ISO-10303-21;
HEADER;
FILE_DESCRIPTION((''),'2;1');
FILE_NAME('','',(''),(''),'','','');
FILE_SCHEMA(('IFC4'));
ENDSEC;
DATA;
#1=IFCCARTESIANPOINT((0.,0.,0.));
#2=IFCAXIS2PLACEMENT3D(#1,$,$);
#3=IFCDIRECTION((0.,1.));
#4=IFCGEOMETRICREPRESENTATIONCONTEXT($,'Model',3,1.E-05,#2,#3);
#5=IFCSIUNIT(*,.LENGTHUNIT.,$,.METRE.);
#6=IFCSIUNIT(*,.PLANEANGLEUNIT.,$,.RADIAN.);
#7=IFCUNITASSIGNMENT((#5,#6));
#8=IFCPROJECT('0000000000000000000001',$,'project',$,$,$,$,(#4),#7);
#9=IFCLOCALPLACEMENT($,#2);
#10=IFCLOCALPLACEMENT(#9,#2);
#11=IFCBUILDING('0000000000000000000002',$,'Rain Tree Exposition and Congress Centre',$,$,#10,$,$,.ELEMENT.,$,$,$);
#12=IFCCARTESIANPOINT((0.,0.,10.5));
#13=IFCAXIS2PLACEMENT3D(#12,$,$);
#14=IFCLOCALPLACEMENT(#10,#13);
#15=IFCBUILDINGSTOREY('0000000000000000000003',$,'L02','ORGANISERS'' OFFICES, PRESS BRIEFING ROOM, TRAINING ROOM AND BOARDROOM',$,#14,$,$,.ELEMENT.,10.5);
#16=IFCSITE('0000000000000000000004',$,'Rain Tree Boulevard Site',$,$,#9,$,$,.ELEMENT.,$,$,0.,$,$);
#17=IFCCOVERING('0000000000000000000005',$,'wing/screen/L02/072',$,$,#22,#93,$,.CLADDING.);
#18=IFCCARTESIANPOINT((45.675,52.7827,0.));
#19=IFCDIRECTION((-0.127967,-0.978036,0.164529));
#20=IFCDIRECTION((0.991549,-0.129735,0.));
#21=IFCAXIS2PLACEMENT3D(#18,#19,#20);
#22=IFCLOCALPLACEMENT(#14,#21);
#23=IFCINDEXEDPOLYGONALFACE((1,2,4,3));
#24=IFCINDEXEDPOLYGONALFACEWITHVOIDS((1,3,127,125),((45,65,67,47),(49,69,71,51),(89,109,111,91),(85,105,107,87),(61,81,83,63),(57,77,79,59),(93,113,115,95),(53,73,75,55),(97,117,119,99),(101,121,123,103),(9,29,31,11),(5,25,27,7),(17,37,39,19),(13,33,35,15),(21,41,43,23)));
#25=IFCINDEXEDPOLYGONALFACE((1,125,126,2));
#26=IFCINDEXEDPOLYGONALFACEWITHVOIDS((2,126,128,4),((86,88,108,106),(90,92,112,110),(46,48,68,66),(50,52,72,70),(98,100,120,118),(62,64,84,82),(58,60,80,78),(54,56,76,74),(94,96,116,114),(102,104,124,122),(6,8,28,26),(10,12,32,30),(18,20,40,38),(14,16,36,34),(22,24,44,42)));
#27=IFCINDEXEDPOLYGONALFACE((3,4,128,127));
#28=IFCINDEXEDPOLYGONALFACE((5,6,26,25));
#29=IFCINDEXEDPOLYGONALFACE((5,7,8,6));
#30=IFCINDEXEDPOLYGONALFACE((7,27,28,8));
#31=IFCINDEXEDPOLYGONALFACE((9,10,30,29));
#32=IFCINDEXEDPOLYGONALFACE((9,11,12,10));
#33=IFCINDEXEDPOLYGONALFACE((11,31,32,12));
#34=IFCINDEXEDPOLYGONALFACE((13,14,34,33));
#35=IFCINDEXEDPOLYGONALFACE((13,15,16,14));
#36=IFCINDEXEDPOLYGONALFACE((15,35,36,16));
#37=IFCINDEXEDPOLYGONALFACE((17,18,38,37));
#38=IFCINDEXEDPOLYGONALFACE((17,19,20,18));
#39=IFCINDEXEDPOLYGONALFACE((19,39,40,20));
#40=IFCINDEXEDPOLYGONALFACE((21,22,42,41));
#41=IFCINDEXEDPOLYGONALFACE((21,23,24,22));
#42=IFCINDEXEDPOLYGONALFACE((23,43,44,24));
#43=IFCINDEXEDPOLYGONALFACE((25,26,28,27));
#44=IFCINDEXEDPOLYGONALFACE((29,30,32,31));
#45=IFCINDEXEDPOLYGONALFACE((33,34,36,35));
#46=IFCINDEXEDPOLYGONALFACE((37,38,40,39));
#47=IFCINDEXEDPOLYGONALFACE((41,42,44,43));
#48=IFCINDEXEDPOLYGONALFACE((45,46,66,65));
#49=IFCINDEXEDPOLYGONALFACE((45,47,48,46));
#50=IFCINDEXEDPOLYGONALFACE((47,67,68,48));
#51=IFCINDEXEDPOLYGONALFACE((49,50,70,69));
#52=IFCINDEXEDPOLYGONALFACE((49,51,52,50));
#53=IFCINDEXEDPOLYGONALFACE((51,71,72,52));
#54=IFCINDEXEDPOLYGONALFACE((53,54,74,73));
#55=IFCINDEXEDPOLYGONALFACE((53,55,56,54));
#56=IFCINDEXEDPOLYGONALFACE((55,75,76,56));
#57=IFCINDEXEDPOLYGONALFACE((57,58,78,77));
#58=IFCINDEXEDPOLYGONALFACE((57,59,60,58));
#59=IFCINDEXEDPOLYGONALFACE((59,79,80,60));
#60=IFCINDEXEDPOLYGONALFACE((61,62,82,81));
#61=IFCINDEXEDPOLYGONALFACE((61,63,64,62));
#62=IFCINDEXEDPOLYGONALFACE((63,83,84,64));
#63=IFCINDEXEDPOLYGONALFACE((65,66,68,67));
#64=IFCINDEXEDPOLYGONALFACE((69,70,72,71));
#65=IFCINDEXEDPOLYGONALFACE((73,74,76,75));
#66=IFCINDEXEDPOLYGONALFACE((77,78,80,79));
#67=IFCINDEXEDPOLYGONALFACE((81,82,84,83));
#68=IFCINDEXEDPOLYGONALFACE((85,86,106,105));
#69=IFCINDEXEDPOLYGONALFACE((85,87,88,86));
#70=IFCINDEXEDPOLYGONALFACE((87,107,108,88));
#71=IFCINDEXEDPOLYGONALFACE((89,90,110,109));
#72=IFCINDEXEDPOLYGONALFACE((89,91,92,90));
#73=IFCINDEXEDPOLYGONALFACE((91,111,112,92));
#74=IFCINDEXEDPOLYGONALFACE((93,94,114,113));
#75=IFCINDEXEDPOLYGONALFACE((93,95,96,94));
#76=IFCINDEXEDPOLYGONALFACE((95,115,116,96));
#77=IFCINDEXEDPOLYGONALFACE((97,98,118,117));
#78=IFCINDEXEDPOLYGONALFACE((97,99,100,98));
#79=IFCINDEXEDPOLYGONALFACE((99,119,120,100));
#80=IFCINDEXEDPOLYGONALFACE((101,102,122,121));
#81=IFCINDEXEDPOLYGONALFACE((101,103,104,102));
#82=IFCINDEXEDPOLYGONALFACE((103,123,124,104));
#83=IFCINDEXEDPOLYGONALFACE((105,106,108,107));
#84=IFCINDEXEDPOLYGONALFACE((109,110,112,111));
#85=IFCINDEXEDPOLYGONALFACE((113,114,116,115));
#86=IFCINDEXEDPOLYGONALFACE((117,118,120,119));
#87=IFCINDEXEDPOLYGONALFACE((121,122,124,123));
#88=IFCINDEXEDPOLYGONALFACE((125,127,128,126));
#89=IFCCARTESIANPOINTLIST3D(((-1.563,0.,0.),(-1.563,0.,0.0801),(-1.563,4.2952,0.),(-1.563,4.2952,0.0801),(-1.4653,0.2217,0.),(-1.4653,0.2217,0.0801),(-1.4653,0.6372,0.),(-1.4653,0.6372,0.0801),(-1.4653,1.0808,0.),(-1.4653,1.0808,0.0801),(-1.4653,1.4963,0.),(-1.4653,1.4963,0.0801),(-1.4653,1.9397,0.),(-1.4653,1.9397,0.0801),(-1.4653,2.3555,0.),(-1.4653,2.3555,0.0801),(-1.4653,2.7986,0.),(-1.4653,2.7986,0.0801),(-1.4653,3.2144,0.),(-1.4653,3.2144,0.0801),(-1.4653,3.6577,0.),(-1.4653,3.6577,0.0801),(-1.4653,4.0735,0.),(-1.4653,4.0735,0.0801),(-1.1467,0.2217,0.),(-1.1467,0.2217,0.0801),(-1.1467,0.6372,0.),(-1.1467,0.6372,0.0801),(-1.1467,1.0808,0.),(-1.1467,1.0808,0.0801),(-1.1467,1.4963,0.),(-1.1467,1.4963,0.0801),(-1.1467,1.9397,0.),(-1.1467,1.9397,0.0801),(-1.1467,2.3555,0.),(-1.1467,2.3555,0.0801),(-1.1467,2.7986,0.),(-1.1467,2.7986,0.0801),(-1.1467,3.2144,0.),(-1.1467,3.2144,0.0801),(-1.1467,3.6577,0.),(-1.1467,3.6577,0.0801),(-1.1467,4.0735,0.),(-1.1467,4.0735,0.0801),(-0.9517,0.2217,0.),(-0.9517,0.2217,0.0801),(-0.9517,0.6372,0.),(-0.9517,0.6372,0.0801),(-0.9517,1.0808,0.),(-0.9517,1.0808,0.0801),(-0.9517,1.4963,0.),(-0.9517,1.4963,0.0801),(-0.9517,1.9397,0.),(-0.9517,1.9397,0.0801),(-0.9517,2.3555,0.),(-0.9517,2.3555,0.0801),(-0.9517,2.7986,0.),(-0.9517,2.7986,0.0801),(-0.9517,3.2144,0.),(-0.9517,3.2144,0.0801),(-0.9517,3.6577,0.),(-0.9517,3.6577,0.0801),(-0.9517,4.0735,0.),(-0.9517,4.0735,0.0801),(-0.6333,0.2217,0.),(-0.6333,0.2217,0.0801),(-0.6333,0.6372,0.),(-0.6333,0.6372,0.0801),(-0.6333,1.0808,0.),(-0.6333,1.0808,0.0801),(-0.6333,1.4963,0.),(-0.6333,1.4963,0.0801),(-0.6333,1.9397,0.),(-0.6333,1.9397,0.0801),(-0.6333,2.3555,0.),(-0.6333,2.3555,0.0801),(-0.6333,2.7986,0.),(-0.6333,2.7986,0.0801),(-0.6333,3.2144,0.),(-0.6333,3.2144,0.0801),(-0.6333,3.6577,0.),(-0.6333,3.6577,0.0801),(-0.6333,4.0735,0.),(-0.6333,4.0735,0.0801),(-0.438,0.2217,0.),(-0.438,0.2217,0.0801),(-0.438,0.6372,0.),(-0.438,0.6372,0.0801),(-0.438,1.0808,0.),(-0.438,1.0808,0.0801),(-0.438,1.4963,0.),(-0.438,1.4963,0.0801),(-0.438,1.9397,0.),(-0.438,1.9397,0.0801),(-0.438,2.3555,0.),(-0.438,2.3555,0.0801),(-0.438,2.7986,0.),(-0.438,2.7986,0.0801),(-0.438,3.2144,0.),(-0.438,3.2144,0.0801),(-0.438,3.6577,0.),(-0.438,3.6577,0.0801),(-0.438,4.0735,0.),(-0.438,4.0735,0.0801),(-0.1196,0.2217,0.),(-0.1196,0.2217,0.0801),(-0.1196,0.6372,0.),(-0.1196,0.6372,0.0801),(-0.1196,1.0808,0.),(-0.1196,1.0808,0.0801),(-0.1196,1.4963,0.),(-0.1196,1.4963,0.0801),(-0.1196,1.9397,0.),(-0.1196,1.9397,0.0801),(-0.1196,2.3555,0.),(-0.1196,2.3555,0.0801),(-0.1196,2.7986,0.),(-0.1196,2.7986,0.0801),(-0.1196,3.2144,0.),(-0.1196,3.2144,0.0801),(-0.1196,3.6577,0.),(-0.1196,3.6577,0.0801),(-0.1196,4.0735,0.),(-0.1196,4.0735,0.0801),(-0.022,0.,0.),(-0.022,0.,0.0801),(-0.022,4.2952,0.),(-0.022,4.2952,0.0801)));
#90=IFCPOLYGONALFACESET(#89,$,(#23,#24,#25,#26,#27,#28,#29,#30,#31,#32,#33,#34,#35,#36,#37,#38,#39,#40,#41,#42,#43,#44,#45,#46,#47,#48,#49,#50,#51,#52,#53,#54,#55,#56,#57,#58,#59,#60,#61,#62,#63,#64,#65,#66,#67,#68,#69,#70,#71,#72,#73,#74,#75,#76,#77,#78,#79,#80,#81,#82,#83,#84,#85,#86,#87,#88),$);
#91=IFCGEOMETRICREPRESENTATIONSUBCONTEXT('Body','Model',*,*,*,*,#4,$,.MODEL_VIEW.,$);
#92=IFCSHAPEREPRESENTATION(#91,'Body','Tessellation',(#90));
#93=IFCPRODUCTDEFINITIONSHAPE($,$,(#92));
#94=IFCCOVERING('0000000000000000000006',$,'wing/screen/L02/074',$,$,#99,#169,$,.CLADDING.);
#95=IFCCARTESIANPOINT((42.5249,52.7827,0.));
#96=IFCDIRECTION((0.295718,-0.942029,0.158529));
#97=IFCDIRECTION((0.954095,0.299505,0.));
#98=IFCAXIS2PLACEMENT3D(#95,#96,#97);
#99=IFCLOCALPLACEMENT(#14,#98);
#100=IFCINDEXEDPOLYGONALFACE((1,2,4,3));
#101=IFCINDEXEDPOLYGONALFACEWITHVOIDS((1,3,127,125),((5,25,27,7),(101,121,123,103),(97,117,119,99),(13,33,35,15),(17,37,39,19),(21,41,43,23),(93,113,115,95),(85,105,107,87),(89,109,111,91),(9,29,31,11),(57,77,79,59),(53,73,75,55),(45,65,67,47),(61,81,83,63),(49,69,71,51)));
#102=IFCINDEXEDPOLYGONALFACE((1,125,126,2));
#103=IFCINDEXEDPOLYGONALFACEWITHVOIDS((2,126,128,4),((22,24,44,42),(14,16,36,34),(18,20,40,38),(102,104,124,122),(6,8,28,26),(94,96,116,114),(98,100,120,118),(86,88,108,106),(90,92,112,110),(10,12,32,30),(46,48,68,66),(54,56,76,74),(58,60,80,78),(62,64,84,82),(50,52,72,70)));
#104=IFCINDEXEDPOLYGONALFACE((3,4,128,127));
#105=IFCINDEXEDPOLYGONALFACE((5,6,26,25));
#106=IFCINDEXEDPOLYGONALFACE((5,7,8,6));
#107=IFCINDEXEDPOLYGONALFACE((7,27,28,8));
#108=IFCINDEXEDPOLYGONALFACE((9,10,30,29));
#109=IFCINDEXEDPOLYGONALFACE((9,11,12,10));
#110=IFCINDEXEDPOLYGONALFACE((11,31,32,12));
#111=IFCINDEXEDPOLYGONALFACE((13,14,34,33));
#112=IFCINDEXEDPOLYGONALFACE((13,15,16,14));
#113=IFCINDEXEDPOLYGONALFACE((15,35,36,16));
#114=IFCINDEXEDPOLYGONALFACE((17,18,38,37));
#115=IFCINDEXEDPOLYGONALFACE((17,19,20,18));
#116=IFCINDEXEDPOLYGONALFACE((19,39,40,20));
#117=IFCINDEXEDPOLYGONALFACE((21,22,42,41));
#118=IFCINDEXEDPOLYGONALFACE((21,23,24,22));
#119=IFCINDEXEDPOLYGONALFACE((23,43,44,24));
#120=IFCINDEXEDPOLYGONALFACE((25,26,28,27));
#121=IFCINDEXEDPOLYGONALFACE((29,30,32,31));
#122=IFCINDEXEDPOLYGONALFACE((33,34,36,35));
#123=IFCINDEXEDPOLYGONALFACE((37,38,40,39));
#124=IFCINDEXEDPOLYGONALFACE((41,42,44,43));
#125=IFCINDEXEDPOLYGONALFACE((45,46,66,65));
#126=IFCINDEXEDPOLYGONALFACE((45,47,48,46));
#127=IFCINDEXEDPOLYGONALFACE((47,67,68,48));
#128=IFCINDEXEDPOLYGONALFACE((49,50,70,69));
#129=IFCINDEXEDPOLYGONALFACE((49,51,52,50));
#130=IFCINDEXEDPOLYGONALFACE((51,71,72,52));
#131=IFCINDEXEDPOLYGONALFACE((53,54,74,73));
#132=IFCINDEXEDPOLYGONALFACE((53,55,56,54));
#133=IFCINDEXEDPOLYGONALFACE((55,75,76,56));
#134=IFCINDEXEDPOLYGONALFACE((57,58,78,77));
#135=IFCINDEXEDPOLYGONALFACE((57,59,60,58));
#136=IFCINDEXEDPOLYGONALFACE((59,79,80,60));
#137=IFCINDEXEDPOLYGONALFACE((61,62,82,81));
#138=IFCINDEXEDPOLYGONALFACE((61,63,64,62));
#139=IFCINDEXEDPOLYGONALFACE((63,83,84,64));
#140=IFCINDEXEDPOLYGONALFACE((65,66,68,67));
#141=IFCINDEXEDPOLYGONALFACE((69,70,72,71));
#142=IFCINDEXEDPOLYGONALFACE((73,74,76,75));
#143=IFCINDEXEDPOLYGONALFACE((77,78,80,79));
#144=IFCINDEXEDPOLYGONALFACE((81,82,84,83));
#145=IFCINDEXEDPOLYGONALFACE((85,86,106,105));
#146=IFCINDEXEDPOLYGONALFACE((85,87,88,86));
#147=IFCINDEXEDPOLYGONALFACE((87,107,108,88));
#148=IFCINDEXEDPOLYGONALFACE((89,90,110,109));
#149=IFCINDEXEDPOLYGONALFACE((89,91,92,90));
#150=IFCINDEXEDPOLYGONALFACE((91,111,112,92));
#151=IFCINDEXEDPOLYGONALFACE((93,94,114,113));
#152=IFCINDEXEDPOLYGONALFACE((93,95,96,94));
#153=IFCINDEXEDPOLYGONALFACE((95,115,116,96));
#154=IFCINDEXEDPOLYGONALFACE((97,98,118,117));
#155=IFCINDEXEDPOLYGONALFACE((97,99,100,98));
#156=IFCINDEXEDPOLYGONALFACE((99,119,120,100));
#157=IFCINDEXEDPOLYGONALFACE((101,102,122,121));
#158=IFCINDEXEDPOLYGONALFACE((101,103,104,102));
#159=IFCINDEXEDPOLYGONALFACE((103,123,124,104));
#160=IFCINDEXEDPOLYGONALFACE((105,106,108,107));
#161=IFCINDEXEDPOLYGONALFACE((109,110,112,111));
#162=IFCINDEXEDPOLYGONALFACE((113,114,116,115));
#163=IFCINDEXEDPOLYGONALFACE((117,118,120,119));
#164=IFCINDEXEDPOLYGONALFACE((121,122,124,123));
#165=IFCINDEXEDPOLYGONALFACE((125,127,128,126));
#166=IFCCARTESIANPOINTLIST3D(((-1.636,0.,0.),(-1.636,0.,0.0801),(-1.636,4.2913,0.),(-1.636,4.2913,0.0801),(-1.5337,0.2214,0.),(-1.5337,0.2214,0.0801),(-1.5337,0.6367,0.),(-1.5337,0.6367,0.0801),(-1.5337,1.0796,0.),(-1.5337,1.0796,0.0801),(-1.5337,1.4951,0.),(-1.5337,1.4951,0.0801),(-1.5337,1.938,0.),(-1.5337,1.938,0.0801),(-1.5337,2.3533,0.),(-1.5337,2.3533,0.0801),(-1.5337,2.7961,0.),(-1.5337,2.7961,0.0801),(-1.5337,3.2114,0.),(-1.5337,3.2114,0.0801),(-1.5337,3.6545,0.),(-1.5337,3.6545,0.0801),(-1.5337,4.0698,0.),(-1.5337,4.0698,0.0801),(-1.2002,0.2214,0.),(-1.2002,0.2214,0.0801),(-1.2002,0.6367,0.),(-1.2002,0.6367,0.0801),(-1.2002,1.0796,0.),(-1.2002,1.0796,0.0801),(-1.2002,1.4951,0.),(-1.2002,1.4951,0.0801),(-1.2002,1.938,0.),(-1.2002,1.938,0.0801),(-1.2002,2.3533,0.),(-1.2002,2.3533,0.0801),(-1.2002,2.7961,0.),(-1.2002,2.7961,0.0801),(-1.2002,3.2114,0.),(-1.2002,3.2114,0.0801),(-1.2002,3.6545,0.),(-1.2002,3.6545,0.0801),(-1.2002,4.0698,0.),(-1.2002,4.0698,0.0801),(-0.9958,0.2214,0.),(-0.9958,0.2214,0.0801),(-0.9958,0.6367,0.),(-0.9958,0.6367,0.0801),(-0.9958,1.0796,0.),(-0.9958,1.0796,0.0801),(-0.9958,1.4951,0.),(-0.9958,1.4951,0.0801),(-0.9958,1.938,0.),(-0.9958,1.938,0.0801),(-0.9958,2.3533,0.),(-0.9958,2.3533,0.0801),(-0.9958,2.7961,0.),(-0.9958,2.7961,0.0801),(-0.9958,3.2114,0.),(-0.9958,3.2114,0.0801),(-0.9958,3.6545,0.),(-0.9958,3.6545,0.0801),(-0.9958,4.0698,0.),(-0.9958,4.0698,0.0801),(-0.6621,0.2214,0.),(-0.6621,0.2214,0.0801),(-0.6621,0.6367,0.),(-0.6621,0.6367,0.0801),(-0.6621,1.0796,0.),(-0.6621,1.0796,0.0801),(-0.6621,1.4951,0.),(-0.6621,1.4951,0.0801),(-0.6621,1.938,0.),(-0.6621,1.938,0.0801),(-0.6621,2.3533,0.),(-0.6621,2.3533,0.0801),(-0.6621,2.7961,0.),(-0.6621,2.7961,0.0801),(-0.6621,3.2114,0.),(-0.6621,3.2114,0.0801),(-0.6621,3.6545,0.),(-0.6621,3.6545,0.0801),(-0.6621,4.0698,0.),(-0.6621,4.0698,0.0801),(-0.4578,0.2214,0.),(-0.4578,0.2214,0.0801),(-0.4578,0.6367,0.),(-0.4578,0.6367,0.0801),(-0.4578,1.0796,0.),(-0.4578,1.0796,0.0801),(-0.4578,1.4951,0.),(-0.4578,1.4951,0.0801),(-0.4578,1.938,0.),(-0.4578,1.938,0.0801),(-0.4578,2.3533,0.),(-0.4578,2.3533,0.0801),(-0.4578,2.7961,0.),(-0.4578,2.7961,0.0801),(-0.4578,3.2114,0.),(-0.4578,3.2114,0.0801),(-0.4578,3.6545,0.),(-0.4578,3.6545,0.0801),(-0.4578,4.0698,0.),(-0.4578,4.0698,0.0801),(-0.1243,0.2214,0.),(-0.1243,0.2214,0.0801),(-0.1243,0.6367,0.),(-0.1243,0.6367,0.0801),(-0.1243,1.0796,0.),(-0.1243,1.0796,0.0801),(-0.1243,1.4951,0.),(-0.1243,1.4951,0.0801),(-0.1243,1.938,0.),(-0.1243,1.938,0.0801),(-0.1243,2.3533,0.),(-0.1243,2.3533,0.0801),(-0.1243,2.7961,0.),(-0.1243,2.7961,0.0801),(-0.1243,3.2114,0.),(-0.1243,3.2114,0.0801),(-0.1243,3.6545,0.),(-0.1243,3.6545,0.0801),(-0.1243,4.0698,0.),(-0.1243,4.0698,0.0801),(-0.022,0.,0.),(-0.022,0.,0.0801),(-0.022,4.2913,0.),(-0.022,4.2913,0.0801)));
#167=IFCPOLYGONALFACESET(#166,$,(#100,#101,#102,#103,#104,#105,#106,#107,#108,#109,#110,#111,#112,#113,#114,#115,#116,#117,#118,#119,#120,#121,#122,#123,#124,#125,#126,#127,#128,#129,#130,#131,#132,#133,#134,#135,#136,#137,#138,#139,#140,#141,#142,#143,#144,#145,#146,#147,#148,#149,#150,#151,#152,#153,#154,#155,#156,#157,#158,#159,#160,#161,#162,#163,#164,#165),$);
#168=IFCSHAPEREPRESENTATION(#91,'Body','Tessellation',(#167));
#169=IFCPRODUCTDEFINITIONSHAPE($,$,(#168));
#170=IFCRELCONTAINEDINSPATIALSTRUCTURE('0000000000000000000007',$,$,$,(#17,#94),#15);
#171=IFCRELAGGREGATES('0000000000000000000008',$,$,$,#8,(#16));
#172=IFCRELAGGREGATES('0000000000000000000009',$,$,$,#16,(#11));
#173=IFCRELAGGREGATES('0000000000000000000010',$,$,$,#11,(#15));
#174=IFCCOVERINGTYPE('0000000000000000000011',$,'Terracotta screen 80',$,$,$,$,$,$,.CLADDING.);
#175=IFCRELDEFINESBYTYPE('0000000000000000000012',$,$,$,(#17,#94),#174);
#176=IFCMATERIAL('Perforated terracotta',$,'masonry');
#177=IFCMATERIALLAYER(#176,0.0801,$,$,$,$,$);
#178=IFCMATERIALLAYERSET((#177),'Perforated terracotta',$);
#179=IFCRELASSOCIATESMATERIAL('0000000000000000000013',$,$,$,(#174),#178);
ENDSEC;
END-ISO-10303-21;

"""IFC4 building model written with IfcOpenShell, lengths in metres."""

from ifc_helpers import new_model, si_unit, direction, frame, origin, place, context, subcontext, project, spatial, polyline, outline, extrude, material, layer, layer_set, type_object, element, save


model = new_model("IFC4")

# Units and contexts
model_context = context("Model", 3, precision=1e-05, world=origin(), true_north=direction((0.0, 1.0)))
body_context = subcontext(model_context, "Body", "Model", "MODEL_VIEW")
ifc_project = project(units=[si_unit("LENGTHUNIT", "METRE"), si_unit("PLANEANGLEUNIT", "RADIAN")], contexts=[model_context])

# Site, building, storey
site_placement = place(None, origin())
site = spatial("IfcSite", under=ifc_project, at=site_placement, Name="Rain Tree Boulevard Site", CompositionType="ELEMENT", RefElevation=0.0)
building_placement = place(site_placement, origin())
building = spatial("IfcBuilding", under=site, at=building_placement, Name="Rain Tree Exposition and Congress Centre", CompositionType="ELEMENT")
storey_placement = place(building_placement, frame((0.0, 0.0, 10.5)))
storey = spatial("IfcBuildingStorey", under=building, at=storey_placement, Name="L02", Description="ORGANISERS' OFFICES, PRESS BRIEFING ROOM, TRAINING ROOM AND BOARDROOM", CompositionType="ELEMENT", Elevation=10.5)

# Coverings
ifc_material_1 = material(Name="Perforated terracotta", Category="masonry")
ifc_layer_1 = layer(ifc_material_1, 0.0801)
ifc_layer_set_1 = layer_set([ifc_layer_1], Name="Perforated terracotta")
covering_type = type_object("IfcCoveringType", Name="Terracotta screen 80", PredefinedType="CLADDING", material=ifc_layer_set_1)
covering_1_placement = place(storey_placement, frame((45.675, 52.7827, 0.0), z_axis=(-0.127967, -0.978036, 0.164529), x_axis=(0.991549, -0.129735, 0.0)))
element("IfcCovering", 1, at=covering_1_placement, inside=storey, type_object=covering_type, Name="wing/screen/L02/072", PredefinedType="CLADDING", context=body_context, shape_type="SweptSolid", body=[
    extrude(outline(polyline([(-1.563, 0.0), (-1.563, 4.2952), (-0.022, 4.2952), (-0.022, 0.0), (-1.563, 0.0)]), holes=[polyline([(-0.1196, 0.2217), (-0.1196, 0.6372), (-0.438, 0.6372), (-0.438, 0.2217), (-0.1196, 0.2217)]), polyline([(-0.1196, 1.0808), (-0.1196, 1.4963), (-0.438, 1.4963), (-0.438, 1.0808), (-0.1196, 1.0808)]), polyline([(-0.1196, 1.9397), (-0.1196, 2.3555), (-0.438, 2.3555), (-0.438, 1.9397), (-0.1196, 1.9397)]), polyline([(-0.1196, 2.7986), (-0.1196, 3.2144), (-0.438, 3.2144), (-0.438, 2.7986), (-0.1196, 2.7986)]), polyline([(-0.1196, 3.6577), (-0.1196, 4.0735), (-0.438, 4.0735), (-0.438, 3.6577), (-0.1196, 3.6577)]), polyline([(-0.6333, 0.2217), (-0.6333, 0.6372), (-0.9517, 0.6372), (-0.9517, 0.2217), (-0.6333, 0.2217)]), polyline([(-0.6333, 1.0808), (-0.6333, 1.4963), (-0.9517, 1.4963), (-0.9517, 1.0808), (-0.6333, 1.0808)]), polyline([(-0.6333, 1.9397), (-0.6333, 2.3555), (-0.9517, 2.3555), (-0.9517, 1.9397), (-0.6333, 1.9397)]), polyline([(-0.6333, 2.7986), (-0.6333, 3.2144), (-0.9517, 3.2144), (-0.9517, 2.7986), (-0.6333, 2.7986)]), polyline([(-0.6333, 3.6577), (-0.6333, 4.0735), (-0.9517, 4.0735), (-0.9517, 3.6577), (-0.6333, 3.6577)]), polyline([(-1.1467, 0.2217), (-1.1467, 0.6372), (-1.4653, 0.6372), (-1.4653, 0.2217), (-1.1467, 0.2217)]), polyline([(-1.1467, 1.0808), (-1.1467, 1.4963), (-1.4653, 1.4963), (-1.4653, 1.0808), (-1.1467, 1.0808)]), polyline([(-1.1467, 1.9397), (-1.1467, 2.3555), (-1.4653, 2.3555), (-1.4653, 1.9397), (-1.1467, 1.9397)]), polyline([(-1.1467, 2.7986), (-1.1467, 3.2144), (-1.4653, 3.2144), (-1.4653, 2.7986), (-1.1467, 2.7986)]), polyline([(-1.1467, 3.6577), (-1.1467, 4.0735), (-1.4653, 4.0735), (-1.4653, 3.6577), (-1.1467, 3.6577)])]), origin(), (0.0, 0.0, 1.0), 0.0801),
])
covering_2_placement = place(storey_placement, frame((42.5249, 52.7827, 0.0), z_axis=(0.295718, -0.942029, 0.158529), x_axis=(0.954095, 0.299505, 0.0)))
element("IfcCovering", 2, at=covering_2_placement, inside=storey, type_object=covering_type, Name="wing/screen/L02/074", PredefinedType="CLADDING", context=body_context, shape_type="SweptSolid", body=[
    extrude(outline(polyline([(-1.636, 0.0), (-1.636, 4.2913), (-0.022, 4.2913), (-0.022, 0.0), (-1.636, 0.0)]), holes=[polyline([(-0.1243, 0.2214), (-0.1243, 0.6367), (-0.4578, 0.6367), (-0.4578, 0.2214), (-0.1243, 0.2214)]), polyline([(-0.1243, 1.0796), (-0.1243, 1.4951), (-0.4578, 1.4951), (-0.4578, 1.0796), (-0.1243, 1.0796)]), polyline([(-0.1243, 1.938), (-0.1243, 2.3533), (-0.4578, 2.3533), (-0.4578, 1.938), (-0.1243, 1.938)]), polyline([(-0.1243, 2.7961), (-0.1243, 3.2114), (-0.4578, 3.2114), (-0.4578, 2.7961), (-0.1243, 2.7961)]), polyline([(-0.1243, 3.6545), (-0.1243, 4.0698), (-0.4578, 4.0698), (-0.4578, 3.6545), (-0.1243, 3.6545)]), polyline([(-0.6621, 0.2214), (-0.6621, 0.6367), (-0.9958, 0.6367), (-0.9958, 0.2214), (-0.6621, 0.2214)]), polyline([(-0.6621, 1.0796), (-0.6621, 1.4951), (-0.9958, 1.4951), (-0.9958, 1.0796), (-0.6621, 1.0796)]), polyline([(-0.6621, 1.938), (-0.6621, 2.3533), (-0.9958, 2.3533), (-0.9958, 1.938), (-0.6621, 1.938)]), polyline([(-0.6621, 2.7961), (-0.6621, 3.2114), (-0.9958, 3.2114), (-0.9958, 2.7961), (-0.6621, 2.7961)]), polyline([(-0.6621, 3.6545), (-0.6621, 4.0698), (-0.9958, 4.0698), (-0.9958, 3.6545), (-0.6621, 3.6545)]), polyline([(-1.2002, 0.2214), (-1.2002, 0.6367), (-1.5337, 0.6367), (-1.5337, 0.2214), (-1.2002, 0.2214)]), polyline([(-1.2002, 1.0796), (-1.2002, 1.4951), (-1.5337, 1.4951), (-1.5337, 1.0796), (-1.2002, 1.0796)]), polyline([(-1.2002, 1.938), (-1.2002, 2.3533), (-1.5337, 2.3533), (-1.5337, 1.938), (-1.2002, 1.938)]), polyline([(-1.2002, 2.7961), (-1.2002, 3.2114), (-1.5337, 3.2114), (-1.5337, 2.7961), (-1.2002, 2.7961)]), polyline([(-1.2002, 3.6545), (-1.2002, 4.0698), (-1.5337, 4.0698), (-1.5337, 3.6545), (-1.2002, 3.6545)])]), origin(), (0.0, 0.0, 1.0), 0.0801),
])

save(model, "model.ifc")
